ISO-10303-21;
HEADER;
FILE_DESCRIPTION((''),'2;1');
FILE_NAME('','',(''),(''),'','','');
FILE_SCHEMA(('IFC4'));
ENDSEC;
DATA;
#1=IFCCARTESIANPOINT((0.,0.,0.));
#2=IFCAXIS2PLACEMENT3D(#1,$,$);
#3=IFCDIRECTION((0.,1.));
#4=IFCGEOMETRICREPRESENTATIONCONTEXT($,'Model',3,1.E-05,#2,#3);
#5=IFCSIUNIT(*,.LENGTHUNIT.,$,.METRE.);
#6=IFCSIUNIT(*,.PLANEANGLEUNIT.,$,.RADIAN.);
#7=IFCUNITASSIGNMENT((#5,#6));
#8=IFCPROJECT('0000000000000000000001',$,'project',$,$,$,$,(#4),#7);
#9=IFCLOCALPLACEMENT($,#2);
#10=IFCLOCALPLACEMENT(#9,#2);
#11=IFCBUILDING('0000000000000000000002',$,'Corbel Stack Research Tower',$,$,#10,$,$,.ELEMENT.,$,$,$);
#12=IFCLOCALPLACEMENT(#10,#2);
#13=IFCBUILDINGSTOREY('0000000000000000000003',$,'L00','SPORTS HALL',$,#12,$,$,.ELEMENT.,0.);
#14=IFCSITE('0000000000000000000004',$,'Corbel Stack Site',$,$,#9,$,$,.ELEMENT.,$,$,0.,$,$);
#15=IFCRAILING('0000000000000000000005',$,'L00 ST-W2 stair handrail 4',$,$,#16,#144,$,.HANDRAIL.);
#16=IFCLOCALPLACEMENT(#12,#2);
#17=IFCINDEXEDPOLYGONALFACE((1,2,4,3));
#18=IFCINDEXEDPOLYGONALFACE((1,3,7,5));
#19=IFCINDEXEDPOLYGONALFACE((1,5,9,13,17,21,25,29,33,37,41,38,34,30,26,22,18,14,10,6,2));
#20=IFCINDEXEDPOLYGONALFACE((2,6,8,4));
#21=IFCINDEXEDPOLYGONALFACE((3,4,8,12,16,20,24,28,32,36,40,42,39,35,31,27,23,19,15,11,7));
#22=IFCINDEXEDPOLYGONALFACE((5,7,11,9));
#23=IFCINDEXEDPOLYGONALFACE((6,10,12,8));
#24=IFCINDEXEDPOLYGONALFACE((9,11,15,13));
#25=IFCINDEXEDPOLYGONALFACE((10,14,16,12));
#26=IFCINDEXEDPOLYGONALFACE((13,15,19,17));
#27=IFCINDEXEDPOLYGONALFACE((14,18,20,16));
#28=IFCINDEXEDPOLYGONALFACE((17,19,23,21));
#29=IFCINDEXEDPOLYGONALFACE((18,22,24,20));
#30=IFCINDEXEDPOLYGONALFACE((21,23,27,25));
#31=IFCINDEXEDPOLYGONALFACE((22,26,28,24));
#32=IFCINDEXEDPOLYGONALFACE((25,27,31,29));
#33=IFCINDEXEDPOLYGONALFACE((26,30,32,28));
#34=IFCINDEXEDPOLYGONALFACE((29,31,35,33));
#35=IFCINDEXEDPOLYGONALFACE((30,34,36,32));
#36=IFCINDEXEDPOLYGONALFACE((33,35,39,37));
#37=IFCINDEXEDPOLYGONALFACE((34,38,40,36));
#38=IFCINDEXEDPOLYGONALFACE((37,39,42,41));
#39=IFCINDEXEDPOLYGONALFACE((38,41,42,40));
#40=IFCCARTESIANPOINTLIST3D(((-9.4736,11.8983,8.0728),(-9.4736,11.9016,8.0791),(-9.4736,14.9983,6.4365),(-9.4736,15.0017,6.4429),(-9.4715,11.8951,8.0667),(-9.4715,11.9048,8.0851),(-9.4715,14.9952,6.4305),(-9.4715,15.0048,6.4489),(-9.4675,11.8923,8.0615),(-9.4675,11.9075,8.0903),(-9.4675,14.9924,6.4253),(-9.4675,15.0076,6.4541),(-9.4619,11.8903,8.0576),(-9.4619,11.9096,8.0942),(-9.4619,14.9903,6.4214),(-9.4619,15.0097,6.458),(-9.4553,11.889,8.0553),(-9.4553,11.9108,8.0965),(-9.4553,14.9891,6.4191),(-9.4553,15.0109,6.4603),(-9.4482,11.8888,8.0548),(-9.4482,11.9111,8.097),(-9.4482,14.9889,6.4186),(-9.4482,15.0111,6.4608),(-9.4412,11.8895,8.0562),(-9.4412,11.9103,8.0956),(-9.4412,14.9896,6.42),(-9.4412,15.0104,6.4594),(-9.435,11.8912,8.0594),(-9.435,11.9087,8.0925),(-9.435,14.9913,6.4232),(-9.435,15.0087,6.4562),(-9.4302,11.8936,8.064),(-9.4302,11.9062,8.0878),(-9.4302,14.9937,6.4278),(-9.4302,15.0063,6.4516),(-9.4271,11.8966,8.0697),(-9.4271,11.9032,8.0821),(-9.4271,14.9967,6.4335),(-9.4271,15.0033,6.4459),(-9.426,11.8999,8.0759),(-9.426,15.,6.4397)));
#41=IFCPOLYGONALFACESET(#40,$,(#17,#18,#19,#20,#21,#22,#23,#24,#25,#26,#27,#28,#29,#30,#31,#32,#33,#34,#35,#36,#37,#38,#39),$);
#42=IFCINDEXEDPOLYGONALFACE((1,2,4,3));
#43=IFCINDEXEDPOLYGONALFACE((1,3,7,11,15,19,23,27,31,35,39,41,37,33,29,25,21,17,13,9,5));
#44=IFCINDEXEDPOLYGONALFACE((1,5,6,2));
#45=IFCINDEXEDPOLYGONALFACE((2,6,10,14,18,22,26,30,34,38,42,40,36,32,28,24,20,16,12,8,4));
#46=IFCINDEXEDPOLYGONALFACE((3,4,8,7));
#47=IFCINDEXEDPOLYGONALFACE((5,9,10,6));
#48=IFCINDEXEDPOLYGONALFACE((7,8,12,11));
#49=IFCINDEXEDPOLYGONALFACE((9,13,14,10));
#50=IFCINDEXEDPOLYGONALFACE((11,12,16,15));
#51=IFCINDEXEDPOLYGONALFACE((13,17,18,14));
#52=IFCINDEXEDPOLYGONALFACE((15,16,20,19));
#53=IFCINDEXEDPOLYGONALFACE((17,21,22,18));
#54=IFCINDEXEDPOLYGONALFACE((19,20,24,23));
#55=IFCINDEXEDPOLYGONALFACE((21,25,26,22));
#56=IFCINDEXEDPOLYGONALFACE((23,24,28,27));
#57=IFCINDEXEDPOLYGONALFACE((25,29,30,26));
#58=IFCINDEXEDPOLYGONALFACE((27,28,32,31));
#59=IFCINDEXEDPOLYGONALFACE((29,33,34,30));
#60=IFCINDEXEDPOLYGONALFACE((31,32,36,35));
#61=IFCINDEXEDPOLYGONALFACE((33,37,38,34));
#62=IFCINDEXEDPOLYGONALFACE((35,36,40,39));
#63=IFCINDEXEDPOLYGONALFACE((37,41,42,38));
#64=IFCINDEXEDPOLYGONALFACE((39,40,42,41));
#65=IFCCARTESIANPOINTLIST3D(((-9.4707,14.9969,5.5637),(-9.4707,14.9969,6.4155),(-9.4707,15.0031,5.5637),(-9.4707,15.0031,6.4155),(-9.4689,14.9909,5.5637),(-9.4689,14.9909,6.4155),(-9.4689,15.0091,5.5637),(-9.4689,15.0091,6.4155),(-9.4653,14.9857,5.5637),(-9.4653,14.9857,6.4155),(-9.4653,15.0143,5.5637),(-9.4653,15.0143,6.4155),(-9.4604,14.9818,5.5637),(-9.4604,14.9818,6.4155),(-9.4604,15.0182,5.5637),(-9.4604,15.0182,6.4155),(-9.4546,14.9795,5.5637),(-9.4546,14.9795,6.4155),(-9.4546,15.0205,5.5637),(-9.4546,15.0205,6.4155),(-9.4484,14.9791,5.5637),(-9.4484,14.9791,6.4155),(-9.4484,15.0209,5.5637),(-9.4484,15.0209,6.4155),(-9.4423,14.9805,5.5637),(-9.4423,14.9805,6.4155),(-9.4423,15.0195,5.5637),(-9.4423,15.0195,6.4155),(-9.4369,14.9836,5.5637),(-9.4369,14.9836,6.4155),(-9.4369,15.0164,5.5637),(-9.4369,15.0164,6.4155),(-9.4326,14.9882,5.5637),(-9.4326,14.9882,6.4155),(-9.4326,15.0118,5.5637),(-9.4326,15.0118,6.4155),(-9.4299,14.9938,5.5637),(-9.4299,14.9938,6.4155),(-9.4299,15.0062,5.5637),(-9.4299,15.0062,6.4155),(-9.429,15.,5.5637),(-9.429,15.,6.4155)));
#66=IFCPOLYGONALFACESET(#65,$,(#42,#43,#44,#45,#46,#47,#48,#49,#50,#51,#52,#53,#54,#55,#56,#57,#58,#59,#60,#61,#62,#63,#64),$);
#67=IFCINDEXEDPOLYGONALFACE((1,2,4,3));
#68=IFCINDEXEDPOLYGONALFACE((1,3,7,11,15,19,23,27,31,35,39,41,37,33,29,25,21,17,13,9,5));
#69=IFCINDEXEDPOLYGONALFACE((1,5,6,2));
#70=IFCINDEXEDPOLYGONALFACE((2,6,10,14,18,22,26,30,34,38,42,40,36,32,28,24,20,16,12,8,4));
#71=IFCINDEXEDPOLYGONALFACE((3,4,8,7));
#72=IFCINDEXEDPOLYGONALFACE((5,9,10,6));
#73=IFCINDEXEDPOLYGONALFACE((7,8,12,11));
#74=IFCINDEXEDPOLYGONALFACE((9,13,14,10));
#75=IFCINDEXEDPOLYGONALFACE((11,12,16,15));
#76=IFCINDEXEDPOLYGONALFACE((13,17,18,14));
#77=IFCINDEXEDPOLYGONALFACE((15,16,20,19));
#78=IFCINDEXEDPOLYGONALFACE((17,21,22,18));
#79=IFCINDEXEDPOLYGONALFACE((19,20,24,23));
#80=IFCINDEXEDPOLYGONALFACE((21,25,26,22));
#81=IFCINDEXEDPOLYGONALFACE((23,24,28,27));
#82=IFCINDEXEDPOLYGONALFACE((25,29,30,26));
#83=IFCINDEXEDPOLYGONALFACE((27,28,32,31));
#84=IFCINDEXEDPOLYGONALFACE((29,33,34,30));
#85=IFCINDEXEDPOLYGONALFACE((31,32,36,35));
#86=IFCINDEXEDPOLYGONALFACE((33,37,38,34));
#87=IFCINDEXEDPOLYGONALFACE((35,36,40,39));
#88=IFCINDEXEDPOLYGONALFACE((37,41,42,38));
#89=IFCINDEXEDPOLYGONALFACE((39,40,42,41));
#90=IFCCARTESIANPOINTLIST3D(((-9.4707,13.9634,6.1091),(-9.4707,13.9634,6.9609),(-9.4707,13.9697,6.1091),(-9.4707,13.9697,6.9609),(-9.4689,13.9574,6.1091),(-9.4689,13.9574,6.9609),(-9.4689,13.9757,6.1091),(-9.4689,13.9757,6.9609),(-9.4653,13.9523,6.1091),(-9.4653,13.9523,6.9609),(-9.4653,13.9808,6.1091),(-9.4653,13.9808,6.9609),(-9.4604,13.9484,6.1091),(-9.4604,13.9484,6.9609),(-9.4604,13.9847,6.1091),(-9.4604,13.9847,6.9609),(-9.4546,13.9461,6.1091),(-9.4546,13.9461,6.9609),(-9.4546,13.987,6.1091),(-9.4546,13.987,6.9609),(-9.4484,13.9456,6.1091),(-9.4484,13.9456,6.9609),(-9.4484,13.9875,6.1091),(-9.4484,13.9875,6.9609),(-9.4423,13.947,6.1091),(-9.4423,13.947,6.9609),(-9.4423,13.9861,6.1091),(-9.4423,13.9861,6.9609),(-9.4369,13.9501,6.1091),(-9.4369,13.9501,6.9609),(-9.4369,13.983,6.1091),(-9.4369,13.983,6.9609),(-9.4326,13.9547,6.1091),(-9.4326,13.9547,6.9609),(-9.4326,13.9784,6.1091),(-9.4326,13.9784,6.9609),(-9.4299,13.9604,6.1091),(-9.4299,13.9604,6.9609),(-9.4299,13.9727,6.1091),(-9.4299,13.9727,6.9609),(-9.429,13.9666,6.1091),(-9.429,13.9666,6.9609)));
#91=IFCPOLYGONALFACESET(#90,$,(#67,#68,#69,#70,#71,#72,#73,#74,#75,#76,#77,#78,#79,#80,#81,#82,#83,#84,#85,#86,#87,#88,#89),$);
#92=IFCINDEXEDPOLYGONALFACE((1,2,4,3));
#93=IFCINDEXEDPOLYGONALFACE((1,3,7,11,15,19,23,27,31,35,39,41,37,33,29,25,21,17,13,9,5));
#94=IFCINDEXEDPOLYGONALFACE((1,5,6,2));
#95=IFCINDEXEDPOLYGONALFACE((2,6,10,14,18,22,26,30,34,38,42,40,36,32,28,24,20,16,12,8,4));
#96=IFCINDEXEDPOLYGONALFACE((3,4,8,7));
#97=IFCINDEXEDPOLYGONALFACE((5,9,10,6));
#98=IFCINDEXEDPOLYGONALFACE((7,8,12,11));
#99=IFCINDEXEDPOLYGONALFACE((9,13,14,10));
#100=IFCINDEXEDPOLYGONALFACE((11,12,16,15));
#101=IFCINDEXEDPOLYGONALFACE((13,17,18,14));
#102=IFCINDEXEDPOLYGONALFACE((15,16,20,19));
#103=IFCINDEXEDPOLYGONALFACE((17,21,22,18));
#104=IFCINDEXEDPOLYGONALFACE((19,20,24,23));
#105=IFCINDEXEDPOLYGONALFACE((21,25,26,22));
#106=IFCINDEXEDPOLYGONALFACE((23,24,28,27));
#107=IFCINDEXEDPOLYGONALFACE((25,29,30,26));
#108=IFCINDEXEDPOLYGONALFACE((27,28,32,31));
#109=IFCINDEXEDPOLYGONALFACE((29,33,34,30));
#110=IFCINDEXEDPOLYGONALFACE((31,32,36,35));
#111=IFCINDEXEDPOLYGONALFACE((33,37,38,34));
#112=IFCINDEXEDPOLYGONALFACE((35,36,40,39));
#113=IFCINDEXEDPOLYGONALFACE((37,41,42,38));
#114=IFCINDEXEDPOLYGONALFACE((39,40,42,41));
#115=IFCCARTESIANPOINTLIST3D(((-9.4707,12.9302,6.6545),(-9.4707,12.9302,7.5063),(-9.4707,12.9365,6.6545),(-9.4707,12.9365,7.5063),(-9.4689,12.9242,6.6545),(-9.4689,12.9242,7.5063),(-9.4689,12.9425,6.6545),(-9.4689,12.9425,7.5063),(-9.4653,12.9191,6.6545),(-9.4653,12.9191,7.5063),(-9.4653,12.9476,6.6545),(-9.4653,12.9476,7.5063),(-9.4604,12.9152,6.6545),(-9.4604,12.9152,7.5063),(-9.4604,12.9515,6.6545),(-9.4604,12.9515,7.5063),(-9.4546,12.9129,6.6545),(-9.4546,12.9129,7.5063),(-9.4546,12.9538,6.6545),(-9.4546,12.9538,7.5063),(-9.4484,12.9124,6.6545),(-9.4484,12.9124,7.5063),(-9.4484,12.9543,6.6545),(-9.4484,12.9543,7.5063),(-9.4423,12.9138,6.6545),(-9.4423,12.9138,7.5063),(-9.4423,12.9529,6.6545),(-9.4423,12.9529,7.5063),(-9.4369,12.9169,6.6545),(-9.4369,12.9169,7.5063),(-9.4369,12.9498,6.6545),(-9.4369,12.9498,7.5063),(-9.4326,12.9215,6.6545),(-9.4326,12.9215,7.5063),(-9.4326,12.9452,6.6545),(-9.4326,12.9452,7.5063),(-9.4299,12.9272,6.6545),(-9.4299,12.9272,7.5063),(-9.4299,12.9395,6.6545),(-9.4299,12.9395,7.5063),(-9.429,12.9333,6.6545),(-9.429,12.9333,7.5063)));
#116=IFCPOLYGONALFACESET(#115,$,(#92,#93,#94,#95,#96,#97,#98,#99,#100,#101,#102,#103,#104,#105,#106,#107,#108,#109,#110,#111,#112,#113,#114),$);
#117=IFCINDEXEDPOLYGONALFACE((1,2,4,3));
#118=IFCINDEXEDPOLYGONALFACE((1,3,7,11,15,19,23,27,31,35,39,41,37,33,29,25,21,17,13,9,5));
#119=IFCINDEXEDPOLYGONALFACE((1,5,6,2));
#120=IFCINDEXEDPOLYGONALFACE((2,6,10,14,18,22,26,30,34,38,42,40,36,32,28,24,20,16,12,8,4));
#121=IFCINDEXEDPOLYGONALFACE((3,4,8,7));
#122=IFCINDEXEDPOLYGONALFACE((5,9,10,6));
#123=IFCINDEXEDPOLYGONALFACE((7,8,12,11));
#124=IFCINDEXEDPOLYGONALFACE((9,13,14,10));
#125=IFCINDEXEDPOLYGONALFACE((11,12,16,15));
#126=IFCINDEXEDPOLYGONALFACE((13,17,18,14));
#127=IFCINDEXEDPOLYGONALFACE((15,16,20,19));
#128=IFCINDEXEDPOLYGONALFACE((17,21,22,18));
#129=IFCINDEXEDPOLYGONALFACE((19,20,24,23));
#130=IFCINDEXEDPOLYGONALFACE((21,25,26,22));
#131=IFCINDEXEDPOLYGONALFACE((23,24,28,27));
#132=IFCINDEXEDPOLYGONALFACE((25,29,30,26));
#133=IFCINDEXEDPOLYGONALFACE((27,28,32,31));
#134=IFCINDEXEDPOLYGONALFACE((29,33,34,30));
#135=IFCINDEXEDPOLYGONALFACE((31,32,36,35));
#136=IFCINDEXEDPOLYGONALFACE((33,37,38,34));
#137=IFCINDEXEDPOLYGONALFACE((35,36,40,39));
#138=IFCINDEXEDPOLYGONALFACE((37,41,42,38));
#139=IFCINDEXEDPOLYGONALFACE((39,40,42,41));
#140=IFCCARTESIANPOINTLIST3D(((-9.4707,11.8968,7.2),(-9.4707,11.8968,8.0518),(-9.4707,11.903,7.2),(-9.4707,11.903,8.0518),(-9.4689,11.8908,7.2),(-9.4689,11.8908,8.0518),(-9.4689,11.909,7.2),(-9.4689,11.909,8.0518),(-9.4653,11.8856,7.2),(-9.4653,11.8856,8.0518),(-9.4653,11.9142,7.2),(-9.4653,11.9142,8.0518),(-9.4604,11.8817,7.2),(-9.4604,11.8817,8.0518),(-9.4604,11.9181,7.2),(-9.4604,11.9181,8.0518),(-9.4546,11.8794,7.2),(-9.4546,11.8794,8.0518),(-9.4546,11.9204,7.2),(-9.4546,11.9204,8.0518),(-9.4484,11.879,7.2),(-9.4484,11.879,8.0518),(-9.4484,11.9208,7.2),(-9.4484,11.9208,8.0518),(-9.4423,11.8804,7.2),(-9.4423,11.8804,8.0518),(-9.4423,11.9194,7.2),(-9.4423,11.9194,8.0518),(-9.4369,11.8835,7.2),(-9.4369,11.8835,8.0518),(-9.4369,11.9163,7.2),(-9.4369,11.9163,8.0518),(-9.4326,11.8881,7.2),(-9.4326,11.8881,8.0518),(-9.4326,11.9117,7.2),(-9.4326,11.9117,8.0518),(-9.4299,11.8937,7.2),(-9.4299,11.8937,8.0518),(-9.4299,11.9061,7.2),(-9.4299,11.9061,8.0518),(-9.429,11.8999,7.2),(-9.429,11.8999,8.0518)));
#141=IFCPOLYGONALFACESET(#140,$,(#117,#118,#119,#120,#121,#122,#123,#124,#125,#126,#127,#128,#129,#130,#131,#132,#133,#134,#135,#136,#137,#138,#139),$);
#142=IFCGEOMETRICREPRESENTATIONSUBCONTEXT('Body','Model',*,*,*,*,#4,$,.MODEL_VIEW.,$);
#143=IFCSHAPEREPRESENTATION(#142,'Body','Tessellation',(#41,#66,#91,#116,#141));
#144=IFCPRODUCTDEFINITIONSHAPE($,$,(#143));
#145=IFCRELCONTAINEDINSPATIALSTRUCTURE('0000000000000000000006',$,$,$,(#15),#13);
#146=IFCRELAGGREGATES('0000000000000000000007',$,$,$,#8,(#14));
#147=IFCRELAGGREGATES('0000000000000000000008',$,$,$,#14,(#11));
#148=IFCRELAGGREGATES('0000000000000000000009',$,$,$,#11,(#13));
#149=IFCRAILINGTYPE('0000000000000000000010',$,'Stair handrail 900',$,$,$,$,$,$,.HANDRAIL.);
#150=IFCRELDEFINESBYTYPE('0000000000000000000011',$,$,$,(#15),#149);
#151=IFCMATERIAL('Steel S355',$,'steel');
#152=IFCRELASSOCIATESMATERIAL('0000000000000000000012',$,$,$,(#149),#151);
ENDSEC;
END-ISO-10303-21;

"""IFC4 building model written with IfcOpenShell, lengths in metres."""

from ifc_helpers import new_model, si_unit, direction, frame, origin, origin_2d, place, context, subcontext, project, spatial, circle, extrude, material, type_object, element, save


model = new_model("IFC4")

# Units and contexts
model_context = context("Model", 3, precision=1e-05, world=origin(), true_north=direction((0.0, 1.0)))
body_context = subcontext(model_context, "Body", "Model", "MODEL_VIEW")
ifc_project = project(units=[si_unit("LENGTHUNIT", "METRE"), si_unit("PLANEANGLEUNIT", "RADIAN")], contexts=[model_context])

# Site, building, storey
site_placement = place(None, origin())
site = spatial("IfcSite", under=ifc_project, at=site_placement, Name="Corbel Stack Site", CompositionType="ELEMENT", RefElevation=0.0)
building_placement = place(site_placement, origin())
building = spatial("IfcBuilding", under=site, at=building_placement, Name="Corbel Stack Research Tower", CompositionType="ELEMENT")
storey_placement = place(building_placement, origin())
storey = spatial("IfcBuildingStorey", under=building, at=storey_placement, Name="L00", Description="SPORTS HALL", CompositionType="ELEMENT", Elevation=0.0)

# Railing
ifc_material_1 = material(Name="Steel S355", Category="steel")
railing_type = type_object("IfcRailingType", Name="Stair handrail 900", PredefinedType="HANDRAIL", material=ifc_material_1)
railing_1_placement = place(storey_placement, frame((-9.45, 15.0, 5.5637)))
element("IfcRailing", 1, at=railing_1_placement, inside=storey, type_object=railing_type, Name="L00 ST-W2 stair handrail 4", PredefinedType="HANDRAIL", context=body_context, shape_type="SweptSolid", body=[
    extrude(circle(Radius=0.0239, at=origin_2d()), frame((0.0, 0.0, 0.876), z_axis=(0.0, -0.884377, 0.466774), x_axis=(1.0, 0.0, 0.0)), (0.0, 0.0, 1.0), 3.5054),
    extrude(circle(Radius=0.021, at=origin_2d()), origin(), (0.0, 0.0, 1.0), 0.8518),
    extrude(circle(Radius=0.021, at=origin_2d()), frame((0.0, -1.0334, 0.5454)), (0.0, 0.0, 1.0), 0.8518),
    extrude(circle(Radius=0.021, at=origin_2d()), frame((0.0, -2.0667, 1.0908)), (0.0, 0.0, 1.0), 0.8518),
    extrude(circle(Radius=0.021, at=origin_2d()), frame((0.0, -3.1001, 1.6362)), (0.0, 0.0, 1.0), 0.8518),
])

save(model, "model.ifc")
